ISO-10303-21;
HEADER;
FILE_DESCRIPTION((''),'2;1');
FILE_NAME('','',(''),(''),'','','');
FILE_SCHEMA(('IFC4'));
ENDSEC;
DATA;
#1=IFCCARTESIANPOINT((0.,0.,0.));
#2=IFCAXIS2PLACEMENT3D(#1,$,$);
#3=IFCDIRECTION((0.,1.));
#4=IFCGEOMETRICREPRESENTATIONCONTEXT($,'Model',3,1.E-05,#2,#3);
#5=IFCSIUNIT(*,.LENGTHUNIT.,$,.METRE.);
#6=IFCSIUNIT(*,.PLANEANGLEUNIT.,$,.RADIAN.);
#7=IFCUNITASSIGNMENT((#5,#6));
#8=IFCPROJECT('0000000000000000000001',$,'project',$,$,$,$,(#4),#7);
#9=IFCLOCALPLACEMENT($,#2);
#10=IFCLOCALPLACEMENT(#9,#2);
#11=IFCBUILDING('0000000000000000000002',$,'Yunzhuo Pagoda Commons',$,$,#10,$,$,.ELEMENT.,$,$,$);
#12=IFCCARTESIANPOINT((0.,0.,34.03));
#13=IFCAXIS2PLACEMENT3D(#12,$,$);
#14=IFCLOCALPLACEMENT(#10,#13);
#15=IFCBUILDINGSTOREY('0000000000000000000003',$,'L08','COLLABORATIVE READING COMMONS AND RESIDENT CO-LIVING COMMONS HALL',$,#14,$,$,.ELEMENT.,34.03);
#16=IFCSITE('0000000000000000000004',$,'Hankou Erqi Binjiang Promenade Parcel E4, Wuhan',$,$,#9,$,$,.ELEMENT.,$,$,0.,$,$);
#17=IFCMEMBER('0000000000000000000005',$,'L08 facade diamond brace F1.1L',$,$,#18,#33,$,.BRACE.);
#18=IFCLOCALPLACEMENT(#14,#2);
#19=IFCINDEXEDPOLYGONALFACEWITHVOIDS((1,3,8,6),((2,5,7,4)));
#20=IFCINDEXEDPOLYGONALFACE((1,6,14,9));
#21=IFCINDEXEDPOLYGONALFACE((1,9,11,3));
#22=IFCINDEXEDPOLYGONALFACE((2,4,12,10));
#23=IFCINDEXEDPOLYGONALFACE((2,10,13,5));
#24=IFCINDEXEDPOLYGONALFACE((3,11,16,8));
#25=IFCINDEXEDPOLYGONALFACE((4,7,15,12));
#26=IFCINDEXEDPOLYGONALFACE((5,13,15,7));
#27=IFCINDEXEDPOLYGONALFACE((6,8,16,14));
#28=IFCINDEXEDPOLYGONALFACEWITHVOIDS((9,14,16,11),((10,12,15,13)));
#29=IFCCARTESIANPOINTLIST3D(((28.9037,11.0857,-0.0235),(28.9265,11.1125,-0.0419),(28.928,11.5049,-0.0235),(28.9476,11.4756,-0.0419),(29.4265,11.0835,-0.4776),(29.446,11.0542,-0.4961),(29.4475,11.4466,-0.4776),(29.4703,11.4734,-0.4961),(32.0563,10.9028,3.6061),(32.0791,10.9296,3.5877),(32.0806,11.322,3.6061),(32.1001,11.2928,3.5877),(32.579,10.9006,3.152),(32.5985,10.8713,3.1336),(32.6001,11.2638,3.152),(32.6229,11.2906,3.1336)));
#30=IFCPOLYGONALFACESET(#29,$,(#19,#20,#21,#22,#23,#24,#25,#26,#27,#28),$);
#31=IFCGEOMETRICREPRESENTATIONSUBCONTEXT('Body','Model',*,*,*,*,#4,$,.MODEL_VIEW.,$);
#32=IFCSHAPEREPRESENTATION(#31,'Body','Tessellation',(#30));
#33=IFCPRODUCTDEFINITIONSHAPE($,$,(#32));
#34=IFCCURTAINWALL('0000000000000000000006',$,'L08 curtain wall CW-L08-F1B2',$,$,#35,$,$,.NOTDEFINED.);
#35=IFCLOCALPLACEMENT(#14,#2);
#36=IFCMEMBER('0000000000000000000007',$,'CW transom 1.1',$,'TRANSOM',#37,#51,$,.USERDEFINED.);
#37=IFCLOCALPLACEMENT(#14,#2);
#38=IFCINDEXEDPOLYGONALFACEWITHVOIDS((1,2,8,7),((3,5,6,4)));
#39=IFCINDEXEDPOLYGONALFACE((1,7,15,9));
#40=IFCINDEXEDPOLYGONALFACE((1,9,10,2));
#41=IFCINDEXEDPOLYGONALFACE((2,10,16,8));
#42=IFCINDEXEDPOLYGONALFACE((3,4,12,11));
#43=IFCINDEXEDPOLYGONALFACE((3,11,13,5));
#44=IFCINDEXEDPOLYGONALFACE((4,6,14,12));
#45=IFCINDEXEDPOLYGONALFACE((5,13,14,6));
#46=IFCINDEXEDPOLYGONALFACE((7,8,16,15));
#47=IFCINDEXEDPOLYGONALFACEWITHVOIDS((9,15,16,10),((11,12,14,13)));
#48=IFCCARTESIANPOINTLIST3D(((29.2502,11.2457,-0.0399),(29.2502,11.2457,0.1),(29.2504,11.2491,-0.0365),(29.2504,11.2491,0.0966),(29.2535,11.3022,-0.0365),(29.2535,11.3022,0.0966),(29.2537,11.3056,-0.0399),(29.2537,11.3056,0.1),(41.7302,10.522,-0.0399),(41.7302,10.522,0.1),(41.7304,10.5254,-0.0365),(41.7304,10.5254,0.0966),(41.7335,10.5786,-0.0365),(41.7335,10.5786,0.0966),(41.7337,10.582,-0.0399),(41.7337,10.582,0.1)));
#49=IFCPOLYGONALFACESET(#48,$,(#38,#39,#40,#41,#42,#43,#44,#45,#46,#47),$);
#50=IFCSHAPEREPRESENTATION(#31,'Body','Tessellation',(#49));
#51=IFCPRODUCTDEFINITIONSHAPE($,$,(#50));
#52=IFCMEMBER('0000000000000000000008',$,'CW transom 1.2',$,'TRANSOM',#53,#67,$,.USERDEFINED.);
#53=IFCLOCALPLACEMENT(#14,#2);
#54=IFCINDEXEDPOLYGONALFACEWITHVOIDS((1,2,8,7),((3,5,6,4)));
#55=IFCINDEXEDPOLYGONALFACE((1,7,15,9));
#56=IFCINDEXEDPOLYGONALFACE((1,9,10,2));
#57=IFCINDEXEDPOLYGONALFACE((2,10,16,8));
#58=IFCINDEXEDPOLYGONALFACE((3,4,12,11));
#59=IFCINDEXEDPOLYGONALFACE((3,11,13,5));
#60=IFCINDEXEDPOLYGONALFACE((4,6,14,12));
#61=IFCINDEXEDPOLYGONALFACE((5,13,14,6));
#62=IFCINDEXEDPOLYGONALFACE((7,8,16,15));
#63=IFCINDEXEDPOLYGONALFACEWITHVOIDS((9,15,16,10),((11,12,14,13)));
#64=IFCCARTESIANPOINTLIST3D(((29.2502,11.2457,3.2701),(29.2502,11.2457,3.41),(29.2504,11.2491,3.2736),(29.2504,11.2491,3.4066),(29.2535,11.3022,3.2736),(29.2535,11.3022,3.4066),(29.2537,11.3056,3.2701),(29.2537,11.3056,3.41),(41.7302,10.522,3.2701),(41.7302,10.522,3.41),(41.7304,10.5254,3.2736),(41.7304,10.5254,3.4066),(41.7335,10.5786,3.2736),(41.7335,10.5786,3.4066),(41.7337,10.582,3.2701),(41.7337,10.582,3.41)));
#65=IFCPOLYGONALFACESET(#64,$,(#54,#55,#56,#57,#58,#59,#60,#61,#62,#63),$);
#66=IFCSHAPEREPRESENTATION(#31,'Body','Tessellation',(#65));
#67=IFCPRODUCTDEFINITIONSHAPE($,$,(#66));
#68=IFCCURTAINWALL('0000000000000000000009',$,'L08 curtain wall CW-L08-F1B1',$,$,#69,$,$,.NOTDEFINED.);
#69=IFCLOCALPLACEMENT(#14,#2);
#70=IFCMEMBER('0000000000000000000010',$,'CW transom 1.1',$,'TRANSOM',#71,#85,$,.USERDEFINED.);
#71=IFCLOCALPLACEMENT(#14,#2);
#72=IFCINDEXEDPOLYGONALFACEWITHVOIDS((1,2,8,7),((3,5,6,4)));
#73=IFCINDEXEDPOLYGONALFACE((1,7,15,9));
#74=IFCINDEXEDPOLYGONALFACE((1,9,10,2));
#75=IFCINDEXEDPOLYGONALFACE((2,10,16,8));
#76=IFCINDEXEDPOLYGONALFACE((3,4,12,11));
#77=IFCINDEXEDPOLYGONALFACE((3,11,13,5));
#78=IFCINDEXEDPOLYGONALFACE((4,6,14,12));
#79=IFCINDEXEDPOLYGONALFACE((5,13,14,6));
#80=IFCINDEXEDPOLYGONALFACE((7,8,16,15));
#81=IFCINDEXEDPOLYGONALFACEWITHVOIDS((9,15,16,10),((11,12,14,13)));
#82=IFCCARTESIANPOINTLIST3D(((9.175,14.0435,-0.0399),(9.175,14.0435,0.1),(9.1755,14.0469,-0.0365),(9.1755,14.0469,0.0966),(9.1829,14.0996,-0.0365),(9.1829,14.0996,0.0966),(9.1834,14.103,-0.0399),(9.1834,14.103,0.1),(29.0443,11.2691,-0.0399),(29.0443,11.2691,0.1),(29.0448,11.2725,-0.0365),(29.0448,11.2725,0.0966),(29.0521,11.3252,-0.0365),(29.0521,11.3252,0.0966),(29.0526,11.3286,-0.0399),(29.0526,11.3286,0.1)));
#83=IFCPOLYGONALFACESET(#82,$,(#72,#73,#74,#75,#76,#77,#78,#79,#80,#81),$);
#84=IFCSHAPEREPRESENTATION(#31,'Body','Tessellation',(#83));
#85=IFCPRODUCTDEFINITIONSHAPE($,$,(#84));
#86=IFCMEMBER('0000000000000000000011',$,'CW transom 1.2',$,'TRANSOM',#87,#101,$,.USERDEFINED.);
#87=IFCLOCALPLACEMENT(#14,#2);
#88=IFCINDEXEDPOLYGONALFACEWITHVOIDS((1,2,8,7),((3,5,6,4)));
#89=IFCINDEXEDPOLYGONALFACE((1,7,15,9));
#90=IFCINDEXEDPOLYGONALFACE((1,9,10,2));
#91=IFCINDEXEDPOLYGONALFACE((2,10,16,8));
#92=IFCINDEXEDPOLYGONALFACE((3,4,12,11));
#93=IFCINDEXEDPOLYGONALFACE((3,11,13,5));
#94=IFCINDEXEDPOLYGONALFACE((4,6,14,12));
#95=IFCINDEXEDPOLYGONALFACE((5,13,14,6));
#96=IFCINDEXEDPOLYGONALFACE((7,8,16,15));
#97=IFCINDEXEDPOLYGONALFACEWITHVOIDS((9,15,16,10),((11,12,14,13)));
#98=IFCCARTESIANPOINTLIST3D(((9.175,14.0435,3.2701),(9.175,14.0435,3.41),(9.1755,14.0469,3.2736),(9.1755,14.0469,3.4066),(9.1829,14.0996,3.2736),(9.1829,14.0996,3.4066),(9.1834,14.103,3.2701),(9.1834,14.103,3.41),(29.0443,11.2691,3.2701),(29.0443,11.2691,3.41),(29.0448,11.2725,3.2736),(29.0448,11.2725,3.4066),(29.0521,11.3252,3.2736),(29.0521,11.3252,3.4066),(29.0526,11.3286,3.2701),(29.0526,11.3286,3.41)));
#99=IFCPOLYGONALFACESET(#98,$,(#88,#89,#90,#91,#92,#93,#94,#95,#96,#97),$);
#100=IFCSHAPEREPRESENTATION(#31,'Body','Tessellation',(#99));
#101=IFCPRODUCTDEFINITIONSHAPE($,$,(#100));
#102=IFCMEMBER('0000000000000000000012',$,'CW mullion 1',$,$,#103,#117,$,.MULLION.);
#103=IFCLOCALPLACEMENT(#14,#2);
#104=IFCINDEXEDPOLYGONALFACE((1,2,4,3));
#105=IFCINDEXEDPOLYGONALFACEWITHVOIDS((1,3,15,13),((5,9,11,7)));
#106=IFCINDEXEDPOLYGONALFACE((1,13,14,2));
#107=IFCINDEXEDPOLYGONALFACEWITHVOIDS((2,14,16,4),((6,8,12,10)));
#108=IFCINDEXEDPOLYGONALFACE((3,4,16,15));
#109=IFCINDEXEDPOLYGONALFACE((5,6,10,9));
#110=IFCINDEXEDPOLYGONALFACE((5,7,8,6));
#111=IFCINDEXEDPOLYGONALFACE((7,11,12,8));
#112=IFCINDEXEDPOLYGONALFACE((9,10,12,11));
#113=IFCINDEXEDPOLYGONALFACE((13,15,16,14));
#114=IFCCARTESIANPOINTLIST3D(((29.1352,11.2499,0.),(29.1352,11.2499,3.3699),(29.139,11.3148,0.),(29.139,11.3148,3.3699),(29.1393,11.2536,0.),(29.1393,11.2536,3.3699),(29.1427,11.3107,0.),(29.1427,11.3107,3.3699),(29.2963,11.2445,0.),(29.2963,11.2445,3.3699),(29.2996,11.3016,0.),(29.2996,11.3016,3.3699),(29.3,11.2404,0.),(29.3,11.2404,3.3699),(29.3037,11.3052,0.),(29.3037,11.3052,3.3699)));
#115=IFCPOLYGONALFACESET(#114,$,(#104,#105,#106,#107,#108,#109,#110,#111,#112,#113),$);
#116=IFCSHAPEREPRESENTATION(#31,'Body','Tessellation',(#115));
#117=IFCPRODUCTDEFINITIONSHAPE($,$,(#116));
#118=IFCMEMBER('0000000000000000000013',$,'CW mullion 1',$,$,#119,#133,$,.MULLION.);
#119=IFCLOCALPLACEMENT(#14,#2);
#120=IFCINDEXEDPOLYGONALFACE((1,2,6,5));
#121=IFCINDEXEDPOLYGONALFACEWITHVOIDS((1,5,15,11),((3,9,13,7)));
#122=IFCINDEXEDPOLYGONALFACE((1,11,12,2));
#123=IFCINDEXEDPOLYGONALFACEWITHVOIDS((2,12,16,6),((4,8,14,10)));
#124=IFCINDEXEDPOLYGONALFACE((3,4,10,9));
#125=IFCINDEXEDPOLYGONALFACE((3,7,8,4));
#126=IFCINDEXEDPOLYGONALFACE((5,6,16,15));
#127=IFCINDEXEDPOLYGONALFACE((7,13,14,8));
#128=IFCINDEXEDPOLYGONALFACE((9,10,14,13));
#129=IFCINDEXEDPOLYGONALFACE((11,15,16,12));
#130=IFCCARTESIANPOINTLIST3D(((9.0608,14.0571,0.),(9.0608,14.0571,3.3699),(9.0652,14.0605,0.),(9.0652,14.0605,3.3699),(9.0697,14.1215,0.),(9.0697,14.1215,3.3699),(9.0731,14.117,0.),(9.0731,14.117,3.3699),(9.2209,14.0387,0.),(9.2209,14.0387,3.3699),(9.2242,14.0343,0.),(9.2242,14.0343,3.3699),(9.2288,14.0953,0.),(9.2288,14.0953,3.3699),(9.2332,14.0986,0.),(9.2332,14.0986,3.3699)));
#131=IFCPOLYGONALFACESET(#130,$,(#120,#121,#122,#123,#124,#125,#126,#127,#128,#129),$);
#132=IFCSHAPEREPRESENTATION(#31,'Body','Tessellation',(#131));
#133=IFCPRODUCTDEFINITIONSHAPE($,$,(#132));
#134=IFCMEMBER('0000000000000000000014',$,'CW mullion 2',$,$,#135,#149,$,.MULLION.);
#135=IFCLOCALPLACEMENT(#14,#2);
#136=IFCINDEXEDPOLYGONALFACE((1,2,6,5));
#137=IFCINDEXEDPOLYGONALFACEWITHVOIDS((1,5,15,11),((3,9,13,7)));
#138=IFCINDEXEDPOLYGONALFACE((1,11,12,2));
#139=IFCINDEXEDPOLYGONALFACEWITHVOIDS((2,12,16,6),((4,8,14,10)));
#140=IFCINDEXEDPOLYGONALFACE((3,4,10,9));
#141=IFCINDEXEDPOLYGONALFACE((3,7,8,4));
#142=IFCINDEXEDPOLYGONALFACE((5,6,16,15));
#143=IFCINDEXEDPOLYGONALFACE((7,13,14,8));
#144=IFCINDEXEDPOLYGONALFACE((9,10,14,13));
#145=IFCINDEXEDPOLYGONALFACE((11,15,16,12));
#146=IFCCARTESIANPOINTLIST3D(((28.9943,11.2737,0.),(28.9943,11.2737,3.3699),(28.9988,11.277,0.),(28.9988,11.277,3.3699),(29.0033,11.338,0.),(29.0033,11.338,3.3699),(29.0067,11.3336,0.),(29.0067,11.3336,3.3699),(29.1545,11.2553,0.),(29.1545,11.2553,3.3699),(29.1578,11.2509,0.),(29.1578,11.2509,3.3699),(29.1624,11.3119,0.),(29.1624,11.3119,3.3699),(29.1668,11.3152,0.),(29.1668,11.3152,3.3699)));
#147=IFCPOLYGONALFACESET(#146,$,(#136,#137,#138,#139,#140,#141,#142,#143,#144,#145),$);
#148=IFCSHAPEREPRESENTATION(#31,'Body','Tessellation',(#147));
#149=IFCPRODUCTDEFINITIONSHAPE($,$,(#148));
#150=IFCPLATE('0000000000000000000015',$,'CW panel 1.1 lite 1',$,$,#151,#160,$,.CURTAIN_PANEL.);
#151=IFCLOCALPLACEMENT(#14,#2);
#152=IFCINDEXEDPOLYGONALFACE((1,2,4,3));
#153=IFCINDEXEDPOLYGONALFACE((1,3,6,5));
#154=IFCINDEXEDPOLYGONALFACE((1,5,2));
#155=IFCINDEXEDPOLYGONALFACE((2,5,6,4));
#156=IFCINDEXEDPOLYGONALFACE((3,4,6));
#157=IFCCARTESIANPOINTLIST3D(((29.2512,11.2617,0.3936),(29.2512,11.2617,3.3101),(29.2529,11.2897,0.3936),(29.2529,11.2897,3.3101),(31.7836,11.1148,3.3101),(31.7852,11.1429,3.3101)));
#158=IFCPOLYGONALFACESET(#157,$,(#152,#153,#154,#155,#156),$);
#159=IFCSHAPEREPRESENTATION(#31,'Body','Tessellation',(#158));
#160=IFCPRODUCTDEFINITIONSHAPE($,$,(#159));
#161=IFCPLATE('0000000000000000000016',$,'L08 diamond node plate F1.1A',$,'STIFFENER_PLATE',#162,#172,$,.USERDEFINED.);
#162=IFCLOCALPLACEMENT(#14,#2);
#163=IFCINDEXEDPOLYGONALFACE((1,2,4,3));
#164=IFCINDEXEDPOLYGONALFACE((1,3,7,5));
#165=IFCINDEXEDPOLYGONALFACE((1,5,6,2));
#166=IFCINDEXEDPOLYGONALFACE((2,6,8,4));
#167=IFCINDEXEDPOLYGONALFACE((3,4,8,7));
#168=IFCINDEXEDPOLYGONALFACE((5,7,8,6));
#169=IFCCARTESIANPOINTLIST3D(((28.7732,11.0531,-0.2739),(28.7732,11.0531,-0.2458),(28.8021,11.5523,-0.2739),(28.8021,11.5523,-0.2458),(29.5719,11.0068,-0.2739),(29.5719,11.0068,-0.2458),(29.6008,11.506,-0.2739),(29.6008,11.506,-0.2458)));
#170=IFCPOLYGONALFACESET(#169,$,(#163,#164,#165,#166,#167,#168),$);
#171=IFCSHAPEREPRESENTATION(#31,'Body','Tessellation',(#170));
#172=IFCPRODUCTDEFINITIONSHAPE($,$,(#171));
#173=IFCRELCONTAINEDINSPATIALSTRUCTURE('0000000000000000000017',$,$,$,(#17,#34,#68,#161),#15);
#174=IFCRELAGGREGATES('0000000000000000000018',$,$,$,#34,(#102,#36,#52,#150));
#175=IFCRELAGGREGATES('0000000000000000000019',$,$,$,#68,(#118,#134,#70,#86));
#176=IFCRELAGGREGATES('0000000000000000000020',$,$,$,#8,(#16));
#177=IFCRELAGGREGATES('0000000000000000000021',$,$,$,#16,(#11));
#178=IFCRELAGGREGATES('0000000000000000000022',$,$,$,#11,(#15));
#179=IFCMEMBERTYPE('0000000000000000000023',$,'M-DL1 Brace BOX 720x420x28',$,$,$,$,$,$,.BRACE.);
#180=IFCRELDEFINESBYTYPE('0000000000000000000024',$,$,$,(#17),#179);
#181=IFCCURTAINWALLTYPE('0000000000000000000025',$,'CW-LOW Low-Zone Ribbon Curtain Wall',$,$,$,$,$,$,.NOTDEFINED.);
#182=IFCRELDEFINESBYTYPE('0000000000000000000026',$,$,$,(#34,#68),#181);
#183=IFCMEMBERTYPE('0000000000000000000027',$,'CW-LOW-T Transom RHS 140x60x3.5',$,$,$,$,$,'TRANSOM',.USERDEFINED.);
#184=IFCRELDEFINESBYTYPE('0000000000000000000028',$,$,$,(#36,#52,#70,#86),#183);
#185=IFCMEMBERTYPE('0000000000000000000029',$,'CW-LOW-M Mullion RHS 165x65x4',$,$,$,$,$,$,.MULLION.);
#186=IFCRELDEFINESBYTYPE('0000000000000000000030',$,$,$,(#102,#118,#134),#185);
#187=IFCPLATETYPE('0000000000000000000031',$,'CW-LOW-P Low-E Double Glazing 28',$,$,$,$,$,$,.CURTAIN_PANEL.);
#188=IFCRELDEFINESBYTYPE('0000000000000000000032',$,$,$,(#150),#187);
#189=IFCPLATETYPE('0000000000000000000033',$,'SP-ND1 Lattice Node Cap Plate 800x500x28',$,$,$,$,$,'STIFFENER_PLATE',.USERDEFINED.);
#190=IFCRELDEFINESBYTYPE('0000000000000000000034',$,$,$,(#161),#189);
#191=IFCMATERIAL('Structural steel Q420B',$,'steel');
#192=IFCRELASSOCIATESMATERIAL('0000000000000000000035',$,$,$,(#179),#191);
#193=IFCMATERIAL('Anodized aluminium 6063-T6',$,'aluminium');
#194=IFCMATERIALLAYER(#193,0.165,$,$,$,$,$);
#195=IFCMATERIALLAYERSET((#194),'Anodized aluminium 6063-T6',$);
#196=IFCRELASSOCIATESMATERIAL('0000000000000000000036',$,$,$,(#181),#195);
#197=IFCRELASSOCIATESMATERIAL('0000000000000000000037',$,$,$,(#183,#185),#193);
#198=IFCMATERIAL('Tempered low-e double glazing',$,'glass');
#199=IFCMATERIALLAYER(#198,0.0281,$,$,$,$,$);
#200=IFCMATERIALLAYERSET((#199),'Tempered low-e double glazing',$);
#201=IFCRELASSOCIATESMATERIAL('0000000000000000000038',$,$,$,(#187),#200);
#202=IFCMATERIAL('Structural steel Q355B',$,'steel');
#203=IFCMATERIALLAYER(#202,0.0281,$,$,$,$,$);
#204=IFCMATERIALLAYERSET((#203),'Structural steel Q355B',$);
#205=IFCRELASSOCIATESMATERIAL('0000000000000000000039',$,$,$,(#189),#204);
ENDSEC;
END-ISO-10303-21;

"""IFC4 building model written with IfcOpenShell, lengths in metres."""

from ifc_helpers import new_model, si_unit, direction, frame, origin, origin_2d, place, context, subcontext, project, spatial, polyline, rectangle, hollow_rectangle, outline, extrude, source, transform, mapped, material, layer, layer_set, material_profile, profile_set, type_object, element, aggregate, save


model = new_model("IFC4")

# Units and contexts
model_context = context("Model", 3, precision=1e-05, world=origin(), true_north=direction((0.0, 1.0)))
body_context = subcontext(model_context, "Body", "Model", "MODEL_VIEW")
ifc_project = project(units=[si_unit("LENGTHUNIT", "METRE"), si_unit("PLANEANGLEUNIT", "RADIAN")], contexts=[model_context])

# Site, building, storey
site_placement = place(None, origin())
site = spatial("IfcSite", under=ifc_project, at=site_placement, Name="Hankou Erqi Binjiang Promenade Parcel E4, Wuhan", CompositionType="ELEMENT", RefElevation=0.0)
building_placement = place(site_placement, origin())
building = spatial("IfcBuilding", under=site, at=building_placement, Name="Yunzhuo Pagoda Commons", CompositionType="ELEMENT")
storey_placement = place(building_placement, frame((0.0, 0.0, 34.03)))
storey = spatial("IfcBuildingStorey", under=building, at=storey_placement, Name="L08", Description="COLLABORATIVE READING COMMONS AND RESIDENT CO-LIVING COMMONS HALL", CompositionType="ELEMENT", Elevation=34.03)

# Shared definitions
ifc_material_1 = material(Name="Structural steel Q420B", Category="steel")

# Shared definitions
ifc_material_2 = material(Name="Structural steel Q355B", Category="steel")

# Member
ifc_material_profile_1 = material_profile(ifc_material_1, hollow_rectangle(XDim=0.4199, YDim=0.72, WallThickness=0.0281, at=origin_2d()), Name="Structural steel Q420B")
ifc_profile_set_1 = profile_set([ifc_material_profile_1], Name="Structural steel Q420B")
member_type_1 = type_object("IfcMemberType", Name="M-DL1 Brace BOX 720x420x28", PredefinedType="BRACE", material=ifc_profile_set_1)
shared_shape_1 = source(origin(), body_context, "Body", "SweptSolid", [
    extrude(hollow_rectangle(XDim=0.4199, YDim=0.72, WallThickness=0.0281, at=origin_2d()), origin(), (0.0, 0.0, 1.0), 4.811),
])
member_1_placement = place(storey_placement, frame((29.187, 11.2795, -0.2598), z_axis=(0.655276, -0.038008, 0.754433), x_axis=(0.057906, 0.998322, 0.0)))
element("IfcMember", 1, at=member_1_placement, inside=storey, type_object=member_type_1, Name="L08 facade diamond brace F1.1L", PredefinedType="BRACE", context=body_context, shape_type="MappedRepresentation", body=[
    mapped(shared_shape_1, transform((0.0, 0.0, 0.0), scale=1.0)),
])

# Curtain walls, members
ifc_material_3 = material(Name="Anodized aluminium 6063-T6", Category="aluminium")
ifc_layer_1 = layer(ifc_material_3, 0.165)
ifc_layer_set_1 = layer_set([ifc_layer_1], Name="Anodized aluminium 6063-T6")
curtain_wall_type = type_object("IfcCurtainWallType", Name="CW-LOW Low-Zone Ribbon Curtain Wall", PredefinedType="NOTDEFINED", material=ifc_layer_set_1)
curtain_wall_1_placement = place(storey_placement, origin())
curtain_wall_1 = element("IfcCurtainWall", 2, at=curtain_wall_1_placement, inside=storey, type_object=curtain_wall_type, Name="L08 curtain wall CW-L08-F1B2", PredefinedType="NOTDEFINED")
ifc_material_profile_2 = material_profile(ifc_material_3, hollow_rectangle(XDim=0.0601, YDim=0.1399, WallThickness=0.0034, at=origin_2d()), Name="Anodized aluminium 6063-T6")
ifc_profile_set_2 = profile_set([ifc_material_profile_2], Name="Anodized aluminium 6063-T6")
member_type_2 = type_object("IfcMemberType", Name="CW-LOW-T Transom RHS 140x60x3.5", ElementType="TRANSOM", PredefinedType="USERDEFINED", material=ifc_profile_set_2)
shared_shape_2 = source(origin(), body_context, "Body", "SweptSolid", [
    extrude(hollow_rectangle(XDim=0.0601, YDim=0.1399, WallThickness=0.0034, at=origin_2d()), origin(), (0.0, 0.0, 1.0), 12.501),
])
member_2_placement = place(storey_placement, frame((29.252, 11.2756, 0.03), z_axis=(0.998323, -0.057886, 0.0), x_axis=(0.057886, 0.998323, 0.0)))
member_2 = element("IfcMember", 3, at=member_2_placement, type_object=member_type_2, Name="CW transom 1.1", ObjectType="TRANSOM", PredefinedType="USERDEFINED", context=body_context, shape_type="MappedRepresentation", body=[
    mapped(shared_shape_2, transform((0.0, 0.0, 0.0), scale=1.0)),
])
member_3_placement = place(storey_placement, frame((29.252, 11.2756, 3.3401), z_axis=(0.998323, -0.057886, 0.0), x_axis=(0.057886, 0.998323, 0.0)))
member_3 = element("IfcMember", 4, at=member_3_placement, type_object=member_type_2, Name="CW transom 1.2", ObjectType="TRANSOM", PredefinedType="USERDEFINED", context=body_context, shape_type="MappedRepresentation", body=[
    mapped(shared_shape_2, transform((0.0, 0.0, 0.0), scale=1.0)),
])
curtain_wall_2_placement = place(storey_placement, origin())
curtain_wall_2 = element("IfcCurtainWall", 5, at=curtain_wall_2_placement, inside=storey, type_object=curtain_wall_type, Name="L08 curtain wall CW-L08-F1B1", PredefinedType="NOTDEFINED")
shared_shape_3 = source(origin(), body_context, "Body", "SweptSolid", [
    extrude(hollow_rectangle(XDim=0.0601, YDim=0.1399, WallThickness=0.0034, at=origin_2d()), origin(), (0.0, 0.0, 1.0), 20.062),
])
member_4_placement = place(storey_placement, frame((9.1792, 14.0732, 0.03), z_axis=(0.990391, -0.138293, 0.0), x_axis=(0.138293, 0.990391, 0.0)))
member_4 = element("IfcMember", 6, at=member_4_placement, type_object=member_type_2, Name="CW transom 1.1", ObjectType="TRANSOM", PredefinedType="USERDEFINED", context=body_context, shape_type="MappedRepresentation", body=[
    mapped(shared_shape_3, transform((0.0, 0.0, 0.0), scale=1.0)),
])
member_5_placement = place(storey_placement, frame((9.1792, 14.0732, 3.3401), z_axis=(0.990391, -0.138293, 0.0), x_axis=(0.138293, 0.990391, 0.0)))
member_5 = element("IfcMember", 7, at=member_5_placement, type_object=member_type_2, Name="CW transom 1.2", ObjectType="TRANSOM", PredefinedType="USERDEFINED", context=body_context, shape_type="MappedRepresentation", body=[
    mapped(shared_shape_3, transform((0.0, 0.0, 0.0), scale=1.0)),
])

# Members
ifc_material_profile_3 = material_profile(ifc_material_3, hollow_rectangle(XDim=0.0649, YDim=0.165, WallThickness=0.0039, at=origin_2d()), Name="Anodized aluminium 6063-T6")
ifc_profile_set_3 = profile_set([ifc_material_profile_3], Name="Anodized aluminium 6063-T6")
member_type_3 = type_object("IfcMemberType", Name="CW-LOW-M Mullion RHS 165x65x4", PredefinedType="MULLION", material=ifc_profile_set_3)
shared_shape_4 = source(origin(), body_context, "Body", "SweptSolid", [
    extrude(hollow_rectangle(XDim=0.0649, YDim=0.165, WallThickness=0.0039, at=origin_2d()), origin(), (0.0, 0.0, 1.0), 3.3699),
])
member_6_placement = place(storey_placement, frame((29.2195, 11.2776, 0.0), z_axis=(0.0, 0.0, 1.0), x_axis=(0.057899, 0.998322, 0.0)))
member_6 = element("IfcMember", 8, at=member_6_placement, type_object=member_type_3, Name="CW mullion 1", PredefinedType="MULLION", context=body_context, shape_type="MappedRepresentation", body=[
    mapped(shared_shape_4, transform((0.0, 0.0, 0.0), scale=1.0)),
])
member_7_placement = place(storey_placement, frame((9.147, 14.0779, 0.0), z_axis=(0.0, 0.0, 1.0), x_axis=(0.138294, 0.990391, 0.0)))
member_7 = element("IfcMember", 9, at=member_7_placement, type_object=member_type_3, Name="CW mullion 1", PredefinedType="MULLION", context=body_context, shape_type="MappedRepresentation", body=[
    mapped(shared_shape_4, transform((0.0, 0.0, 0.0), scale=1.0)),
])
member_8_placement = place(storey_placement, frame((29.0806, 11.2944, 0.0), z_axis=(0.0, 0.0, 1.0), x_axis=(0.138294, 0.990391, 0.0)))
member_8 = element("IfcMember", 10, at=member_8_placement, type_object=member_type_3, Name="CW mullion 2", PredefinedType="MULLION", context=body_context, shape_type="MappedRepresentation", body=[
    mapped(shared_shape_4, transform((0.0, 0.0, 0.0), scale=1.0)),
])

# Plate
ifc_material_4 = material(Name="Tempered low-e double glazing", Category="glass")
ifc_layer_2 = layer(ifc_material_4, 0.0281)
ifc_layer_set_2 = layer_set([ifc_layer_2], Name="Tempered low-e double glazing")
plate_type_1 = type_object("IfcPlateType", Name="CW-LOW-P Low-E Double Glazing 28", PredefinedType="CURTAIN_PANEL", material=ifc_layer_set_2)
plate_1_placement = place(storey_placement, frame((30.519, 11.2163, 1.8518), z_axis=(-0.057899, -0.998322, 0.0), x_axis=(0.998322, -0.057899, 0.0)))
plate_1 = element("IfcPlate", 11, at=plate_1_placement, type_object=plate_type_1, Name="CW panel 1.1 lite 1", PredefinedType="CURTAIN_PANEL", context=body_context, shape_type="SweptSolid", body=[
    extrude(outline(polyline([(-1.2683, -1.4583), (1.2683, 1.4583), (-1.2683, 1.4583), (-1.2683, -1.4583)])), origin(), (0.0, 0.0, 1.0), 0.0281),
])
aggregate(curtain_wall_1, [member_6, member_2, member_3, plate_1])

# Plate
ifc_layer_3 = layer(ifc_material_2, 0.0281)
ifc_layer_set_3 = layer_set([ifc_layer_3], Name="Structural steel Q355B")
plate_type_2 = type_object("IfcPlateType", Name="SP-ND1 Lattice Node Cap Plate 800x500x28", ElementType="STIFFENER_PLATE", PredefinedType="USERDEFINED", material=ifc_layer_set_3)
shared_shape_5 = source(origin(), body_context, "Body", "SweptSolid", [
    extrude(rectangle(XDim=0.8, YDim=0.5, at=origin_2d()), origin(), (0.0, 0.0, 1.0), 0.0281),
])
plate_2_placement = place(storey_placement, frame((29.187, 11.2795, -0.2739), z_axis=(0.0, 0.0, 1.0), x_axis=(0.998323, -0.057895, 0.0)))
element("IfcPlate", 12, at=plate_2_placement, inside=storey, type_object=plate_type_2, Name="L08 diamond node plate F1.1A", ObjectType="STIFFENER_PLATE", PredefinedType="USERDEFINED", context=body_context, shape_type="MappedRepresentation", body=[
    mapped(shared_shape_5, transform((0.0, 0.0, 0.0), scale=1.0)),
])

aggregate(curtain_wall_2, [member_7, member_8, member_4, member_5])

save(model, "model.ifc")
